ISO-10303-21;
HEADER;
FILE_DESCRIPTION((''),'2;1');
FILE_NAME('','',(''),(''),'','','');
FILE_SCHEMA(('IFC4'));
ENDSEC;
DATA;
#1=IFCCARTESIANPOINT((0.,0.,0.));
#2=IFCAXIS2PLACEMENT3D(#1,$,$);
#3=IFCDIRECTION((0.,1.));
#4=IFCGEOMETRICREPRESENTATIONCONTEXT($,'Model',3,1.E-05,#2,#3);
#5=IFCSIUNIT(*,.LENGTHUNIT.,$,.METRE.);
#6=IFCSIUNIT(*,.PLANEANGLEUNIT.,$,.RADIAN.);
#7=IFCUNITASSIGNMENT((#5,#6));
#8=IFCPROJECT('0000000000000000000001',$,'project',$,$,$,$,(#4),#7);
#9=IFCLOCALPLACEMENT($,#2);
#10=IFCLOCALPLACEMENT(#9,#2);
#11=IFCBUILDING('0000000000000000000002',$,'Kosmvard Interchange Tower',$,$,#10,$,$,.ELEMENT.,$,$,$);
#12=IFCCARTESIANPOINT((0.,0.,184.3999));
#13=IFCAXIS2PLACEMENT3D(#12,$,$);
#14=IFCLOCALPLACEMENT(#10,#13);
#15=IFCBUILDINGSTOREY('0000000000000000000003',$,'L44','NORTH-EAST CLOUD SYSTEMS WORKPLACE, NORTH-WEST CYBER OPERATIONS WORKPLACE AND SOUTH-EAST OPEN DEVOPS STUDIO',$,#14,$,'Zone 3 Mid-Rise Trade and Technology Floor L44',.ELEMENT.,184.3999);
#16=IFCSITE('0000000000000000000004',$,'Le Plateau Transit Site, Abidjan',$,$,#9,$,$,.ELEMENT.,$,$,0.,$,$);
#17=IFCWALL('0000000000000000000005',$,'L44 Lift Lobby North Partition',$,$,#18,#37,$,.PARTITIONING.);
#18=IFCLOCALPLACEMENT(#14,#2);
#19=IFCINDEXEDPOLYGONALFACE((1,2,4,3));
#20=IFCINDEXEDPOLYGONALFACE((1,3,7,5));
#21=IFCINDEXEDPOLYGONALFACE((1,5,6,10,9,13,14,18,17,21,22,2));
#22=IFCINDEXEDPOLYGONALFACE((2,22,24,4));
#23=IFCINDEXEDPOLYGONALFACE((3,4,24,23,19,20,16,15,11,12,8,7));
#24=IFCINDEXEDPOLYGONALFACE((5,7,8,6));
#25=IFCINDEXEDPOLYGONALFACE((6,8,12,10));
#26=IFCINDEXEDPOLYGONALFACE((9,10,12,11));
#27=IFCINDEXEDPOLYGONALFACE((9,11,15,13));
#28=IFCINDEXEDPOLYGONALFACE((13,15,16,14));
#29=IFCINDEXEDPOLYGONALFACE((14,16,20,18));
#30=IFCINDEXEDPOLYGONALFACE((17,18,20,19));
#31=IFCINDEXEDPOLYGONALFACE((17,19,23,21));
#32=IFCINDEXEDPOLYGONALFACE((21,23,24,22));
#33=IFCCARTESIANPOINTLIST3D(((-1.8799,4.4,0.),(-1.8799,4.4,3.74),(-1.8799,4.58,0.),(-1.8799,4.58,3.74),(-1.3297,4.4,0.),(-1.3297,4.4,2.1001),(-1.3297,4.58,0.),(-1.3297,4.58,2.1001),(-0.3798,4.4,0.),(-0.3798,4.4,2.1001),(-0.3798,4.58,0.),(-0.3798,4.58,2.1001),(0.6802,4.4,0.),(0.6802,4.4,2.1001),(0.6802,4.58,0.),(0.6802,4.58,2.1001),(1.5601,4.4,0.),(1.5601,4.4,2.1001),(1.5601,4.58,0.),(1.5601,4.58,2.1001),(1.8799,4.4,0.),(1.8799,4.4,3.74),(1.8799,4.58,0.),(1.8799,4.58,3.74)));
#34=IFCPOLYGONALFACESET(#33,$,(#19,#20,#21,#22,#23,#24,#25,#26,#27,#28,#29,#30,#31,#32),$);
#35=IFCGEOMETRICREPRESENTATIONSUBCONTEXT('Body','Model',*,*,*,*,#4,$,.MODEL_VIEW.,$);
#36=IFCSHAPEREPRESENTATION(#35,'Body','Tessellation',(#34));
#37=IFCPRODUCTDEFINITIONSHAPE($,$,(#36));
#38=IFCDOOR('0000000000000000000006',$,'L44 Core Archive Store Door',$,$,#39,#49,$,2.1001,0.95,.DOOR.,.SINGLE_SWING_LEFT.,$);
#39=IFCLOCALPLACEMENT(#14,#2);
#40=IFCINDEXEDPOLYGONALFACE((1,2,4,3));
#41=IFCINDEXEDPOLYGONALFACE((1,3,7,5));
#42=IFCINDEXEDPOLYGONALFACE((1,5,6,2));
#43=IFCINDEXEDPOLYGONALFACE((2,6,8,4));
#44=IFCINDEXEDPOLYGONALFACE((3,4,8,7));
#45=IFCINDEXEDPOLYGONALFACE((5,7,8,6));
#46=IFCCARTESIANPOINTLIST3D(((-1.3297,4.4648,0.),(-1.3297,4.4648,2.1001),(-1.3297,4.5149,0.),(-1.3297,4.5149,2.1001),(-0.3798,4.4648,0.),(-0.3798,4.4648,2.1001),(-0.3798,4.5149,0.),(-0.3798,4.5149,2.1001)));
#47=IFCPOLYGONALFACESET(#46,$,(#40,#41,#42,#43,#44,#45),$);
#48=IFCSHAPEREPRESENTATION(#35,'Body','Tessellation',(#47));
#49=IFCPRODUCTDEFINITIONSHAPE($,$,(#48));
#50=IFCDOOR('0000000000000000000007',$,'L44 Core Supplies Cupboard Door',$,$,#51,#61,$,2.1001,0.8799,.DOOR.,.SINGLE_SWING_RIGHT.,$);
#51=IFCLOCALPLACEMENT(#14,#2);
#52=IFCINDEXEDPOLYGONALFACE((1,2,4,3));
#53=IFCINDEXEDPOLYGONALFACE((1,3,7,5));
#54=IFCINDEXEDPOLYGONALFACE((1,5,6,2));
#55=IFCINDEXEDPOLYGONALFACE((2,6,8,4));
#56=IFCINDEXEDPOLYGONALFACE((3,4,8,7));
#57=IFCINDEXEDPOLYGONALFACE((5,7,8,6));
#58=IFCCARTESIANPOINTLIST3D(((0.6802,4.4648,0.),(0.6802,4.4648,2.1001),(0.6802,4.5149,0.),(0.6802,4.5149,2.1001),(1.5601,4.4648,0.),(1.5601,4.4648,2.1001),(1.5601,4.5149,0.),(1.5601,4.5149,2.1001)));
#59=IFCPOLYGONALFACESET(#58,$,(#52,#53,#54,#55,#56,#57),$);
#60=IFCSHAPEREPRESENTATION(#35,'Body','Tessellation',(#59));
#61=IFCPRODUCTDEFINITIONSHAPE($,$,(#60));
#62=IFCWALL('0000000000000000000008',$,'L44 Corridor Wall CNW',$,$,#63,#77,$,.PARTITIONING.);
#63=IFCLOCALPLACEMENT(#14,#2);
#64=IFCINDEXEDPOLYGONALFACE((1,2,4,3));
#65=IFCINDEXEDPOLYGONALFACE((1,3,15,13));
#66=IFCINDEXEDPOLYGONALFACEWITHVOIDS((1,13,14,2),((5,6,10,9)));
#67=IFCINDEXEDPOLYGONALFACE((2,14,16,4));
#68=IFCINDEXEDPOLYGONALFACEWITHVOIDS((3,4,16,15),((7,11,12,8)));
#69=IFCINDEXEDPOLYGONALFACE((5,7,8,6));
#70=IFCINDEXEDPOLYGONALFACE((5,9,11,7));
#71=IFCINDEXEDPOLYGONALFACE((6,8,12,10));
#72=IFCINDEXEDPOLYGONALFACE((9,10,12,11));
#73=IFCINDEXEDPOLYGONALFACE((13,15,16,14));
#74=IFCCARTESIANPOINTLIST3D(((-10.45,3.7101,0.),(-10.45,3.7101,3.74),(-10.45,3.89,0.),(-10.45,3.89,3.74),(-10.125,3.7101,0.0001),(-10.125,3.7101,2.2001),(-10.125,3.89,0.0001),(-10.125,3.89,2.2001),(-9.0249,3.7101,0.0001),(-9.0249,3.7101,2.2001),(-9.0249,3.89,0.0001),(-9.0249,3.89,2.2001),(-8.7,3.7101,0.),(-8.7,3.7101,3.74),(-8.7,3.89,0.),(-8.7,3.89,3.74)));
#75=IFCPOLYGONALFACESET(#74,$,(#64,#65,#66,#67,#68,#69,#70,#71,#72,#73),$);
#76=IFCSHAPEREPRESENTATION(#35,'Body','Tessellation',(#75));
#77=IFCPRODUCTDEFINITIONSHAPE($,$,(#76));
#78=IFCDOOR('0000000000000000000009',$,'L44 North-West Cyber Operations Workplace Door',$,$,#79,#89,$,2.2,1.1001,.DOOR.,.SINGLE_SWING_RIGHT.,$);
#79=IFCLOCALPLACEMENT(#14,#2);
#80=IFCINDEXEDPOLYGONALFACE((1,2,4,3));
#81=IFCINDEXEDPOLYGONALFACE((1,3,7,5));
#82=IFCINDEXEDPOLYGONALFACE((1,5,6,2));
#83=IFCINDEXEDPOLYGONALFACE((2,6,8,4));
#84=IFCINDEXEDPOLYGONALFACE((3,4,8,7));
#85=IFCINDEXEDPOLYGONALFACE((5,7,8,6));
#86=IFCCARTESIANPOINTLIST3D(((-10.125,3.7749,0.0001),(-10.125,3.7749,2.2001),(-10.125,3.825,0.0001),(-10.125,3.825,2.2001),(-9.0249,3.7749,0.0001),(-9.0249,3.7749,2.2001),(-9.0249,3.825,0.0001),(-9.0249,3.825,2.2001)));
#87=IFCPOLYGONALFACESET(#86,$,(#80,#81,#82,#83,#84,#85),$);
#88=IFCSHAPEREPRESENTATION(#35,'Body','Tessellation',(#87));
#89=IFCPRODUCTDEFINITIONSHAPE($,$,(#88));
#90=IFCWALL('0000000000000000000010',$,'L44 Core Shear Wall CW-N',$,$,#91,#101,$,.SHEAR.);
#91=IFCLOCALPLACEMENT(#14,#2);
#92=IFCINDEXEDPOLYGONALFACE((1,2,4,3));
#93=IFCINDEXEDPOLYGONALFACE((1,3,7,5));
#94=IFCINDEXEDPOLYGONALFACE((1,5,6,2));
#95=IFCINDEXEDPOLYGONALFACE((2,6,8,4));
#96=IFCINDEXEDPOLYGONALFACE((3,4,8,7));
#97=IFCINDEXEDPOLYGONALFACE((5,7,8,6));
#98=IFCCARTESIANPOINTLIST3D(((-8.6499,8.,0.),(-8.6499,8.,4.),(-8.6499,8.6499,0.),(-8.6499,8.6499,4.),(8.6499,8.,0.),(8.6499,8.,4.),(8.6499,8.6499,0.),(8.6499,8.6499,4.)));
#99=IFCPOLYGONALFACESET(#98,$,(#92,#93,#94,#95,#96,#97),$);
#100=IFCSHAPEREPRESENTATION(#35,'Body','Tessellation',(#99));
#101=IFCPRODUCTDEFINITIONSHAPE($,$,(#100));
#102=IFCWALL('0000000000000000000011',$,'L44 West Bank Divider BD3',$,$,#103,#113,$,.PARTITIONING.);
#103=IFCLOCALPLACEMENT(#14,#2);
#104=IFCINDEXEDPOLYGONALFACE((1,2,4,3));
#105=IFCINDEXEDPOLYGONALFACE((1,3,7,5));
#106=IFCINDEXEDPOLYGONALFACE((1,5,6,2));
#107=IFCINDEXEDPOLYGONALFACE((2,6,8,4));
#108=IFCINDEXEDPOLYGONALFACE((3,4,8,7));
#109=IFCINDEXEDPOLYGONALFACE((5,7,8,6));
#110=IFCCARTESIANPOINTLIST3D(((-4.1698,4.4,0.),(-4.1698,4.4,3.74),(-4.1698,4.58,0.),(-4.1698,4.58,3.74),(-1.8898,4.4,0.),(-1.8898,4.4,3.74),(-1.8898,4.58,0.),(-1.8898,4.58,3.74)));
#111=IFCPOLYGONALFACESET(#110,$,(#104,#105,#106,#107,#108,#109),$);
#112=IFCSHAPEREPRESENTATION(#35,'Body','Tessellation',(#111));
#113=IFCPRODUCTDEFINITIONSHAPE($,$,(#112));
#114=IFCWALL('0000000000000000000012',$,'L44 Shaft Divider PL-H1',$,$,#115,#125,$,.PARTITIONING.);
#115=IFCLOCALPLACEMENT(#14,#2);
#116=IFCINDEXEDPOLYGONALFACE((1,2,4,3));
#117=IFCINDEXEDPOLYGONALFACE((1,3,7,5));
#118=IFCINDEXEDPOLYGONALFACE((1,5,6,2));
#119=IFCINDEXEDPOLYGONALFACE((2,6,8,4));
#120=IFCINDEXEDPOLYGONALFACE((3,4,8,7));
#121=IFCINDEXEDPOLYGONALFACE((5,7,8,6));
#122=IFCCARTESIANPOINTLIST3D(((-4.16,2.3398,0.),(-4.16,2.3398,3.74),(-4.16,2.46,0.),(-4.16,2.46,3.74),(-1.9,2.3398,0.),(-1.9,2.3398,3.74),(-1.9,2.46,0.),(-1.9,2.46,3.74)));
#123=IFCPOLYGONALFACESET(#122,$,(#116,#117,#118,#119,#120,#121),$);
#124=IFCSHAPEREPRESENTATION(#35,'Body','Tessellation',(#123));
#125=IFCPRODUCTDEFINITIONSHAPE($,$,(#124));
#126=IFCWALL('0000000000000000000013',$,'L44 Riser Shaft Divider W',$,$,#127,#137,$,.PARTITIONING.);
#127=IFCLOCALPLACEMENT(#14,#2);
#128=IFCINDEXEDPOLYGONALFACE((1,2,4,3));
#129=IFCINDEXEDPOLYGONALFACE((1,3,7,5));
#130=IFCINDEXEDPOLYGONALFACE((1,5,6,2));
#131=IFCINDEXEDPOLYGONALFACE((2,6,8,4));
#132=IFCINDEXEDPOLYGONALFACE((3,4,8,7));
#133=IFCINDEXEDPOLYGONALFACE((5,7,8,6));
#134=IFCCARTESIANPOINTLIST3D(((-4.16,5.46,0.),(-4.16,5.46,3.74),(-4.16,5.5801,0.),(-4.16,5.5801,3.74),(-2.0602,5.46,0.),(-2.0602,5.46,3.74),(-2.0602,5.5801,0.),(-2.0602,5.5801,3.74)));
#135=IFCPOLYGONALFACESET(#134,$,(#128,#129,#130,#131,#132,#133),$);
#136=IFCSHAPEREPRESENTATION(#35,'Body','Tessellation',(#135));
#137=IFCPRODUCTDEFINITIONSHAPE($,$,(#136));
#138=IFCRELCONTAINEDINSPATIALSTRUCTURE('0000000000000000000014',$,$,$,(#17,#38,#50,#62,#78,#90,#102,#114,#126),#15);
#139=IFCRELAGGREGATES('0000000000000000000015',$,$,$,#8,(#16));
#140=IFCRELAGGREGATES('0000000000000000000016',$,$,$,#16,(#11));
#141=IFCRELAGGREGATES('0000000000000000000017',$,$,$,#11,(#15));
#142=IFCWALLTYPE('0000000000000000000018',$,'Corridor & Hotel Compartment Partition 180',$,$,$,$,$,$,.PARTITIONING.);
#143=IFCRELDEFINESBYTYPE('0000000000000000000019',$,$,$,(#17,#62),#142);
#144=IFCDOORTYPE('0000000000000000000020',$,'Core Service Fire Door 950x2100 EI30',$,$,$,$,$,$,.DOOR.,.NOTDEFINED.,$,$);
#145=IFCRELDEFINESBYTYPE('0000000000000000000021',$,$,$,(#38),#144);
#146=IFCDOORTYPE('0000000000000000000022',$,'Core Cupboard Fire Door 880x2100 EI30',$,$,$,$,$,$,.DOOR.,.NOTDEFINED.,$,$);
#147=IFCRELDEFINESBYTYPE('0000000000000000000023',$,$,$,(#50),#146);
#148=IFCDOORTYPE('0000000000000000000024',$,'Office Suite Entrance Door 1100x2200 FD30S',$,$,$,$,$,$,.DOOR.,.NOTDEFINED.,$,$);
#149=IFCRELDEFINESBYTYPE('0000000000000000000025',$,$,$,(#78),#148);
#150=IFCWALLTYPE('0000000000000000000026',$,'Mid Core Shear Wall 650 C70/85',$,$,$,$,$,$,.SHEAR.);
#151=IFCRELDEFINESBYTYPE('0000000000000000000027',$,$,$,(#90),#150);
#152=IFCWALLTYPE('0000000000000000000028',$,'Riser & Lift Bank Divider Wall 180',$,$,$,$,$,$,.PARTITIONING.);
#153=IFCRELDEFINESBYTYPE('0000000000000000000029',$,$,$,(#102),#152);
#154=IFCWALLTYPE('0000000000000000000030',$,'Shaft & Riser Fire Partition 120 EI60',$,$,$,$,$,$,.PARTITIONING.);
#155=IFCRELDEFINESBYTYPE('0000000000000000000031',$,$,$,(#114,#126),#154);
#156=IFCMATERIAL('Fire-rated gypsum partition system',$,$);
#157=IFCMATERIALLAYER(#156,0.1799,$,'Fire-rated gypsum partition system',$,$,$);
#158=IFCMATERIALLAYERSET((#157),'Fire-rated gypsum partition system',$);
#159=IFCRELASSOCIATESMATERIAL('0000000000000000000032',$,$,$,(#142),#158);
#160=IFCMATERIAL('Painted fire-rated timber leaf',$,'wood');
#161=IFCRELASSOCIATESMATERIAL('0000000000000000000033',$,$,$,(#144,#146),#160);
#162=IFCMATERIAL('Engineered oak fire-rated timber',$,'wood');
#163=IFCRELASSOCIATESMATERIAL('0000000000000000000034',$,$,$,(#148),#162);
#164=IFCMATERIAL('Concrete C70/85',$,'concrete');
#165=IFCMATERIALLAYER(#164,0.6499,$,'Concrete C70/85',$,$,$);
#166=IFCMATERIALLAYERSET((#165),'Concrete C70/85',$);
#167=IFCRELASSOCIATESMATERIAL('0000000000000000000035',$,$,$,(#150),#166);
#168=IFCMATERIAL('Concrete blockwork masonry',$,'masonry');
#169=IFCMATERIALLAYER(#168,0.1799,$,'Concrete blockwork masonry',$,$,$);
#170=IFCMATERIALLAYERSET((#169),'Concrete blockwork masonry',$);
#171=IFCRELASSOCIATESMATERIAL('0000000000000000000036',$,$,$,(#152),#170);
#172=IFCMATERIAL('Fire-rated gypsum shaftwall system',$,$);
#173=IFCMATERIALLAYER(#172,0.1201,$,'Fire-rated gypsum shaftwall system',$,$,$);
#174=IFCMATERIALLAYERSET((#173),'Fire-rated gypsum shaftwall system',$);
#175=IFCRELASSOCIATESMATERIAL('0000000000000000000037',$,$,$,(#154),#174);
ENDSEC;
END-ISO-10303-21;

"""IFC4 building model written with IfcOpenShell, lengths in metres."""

from ifc_helpers import new_model, si_unit, direction, frame, frame_2d, origin, place, context, subcontext, project, spatial, rectangle, extrude, source, transform, mapped, material, layer, layer_set, type_object, element, fill, save


model = new_model("IFC4")

# Units and contexts
model_context = context("Model", 3, precision=1e-05, world=origin(), true_north=direction((0.0, 1.0)))
body_context = subcontext(model_context, "Body", "Model", "MODEL_VIEW")
ifc_project = project(units=[si_unit("LENGTHUNIT", "METRE"), si_unit("PLANEANGLEUNIT", "RADIAN")], contexts=[model_context])

# Site, building, storey
site_placement = place(None, origin())
site = spatial("IfcSite", under=ifc_project, at=site_placement, Name="Le Plateau Transit Site, Abidjan", CompositionType="ELEMENT", RefElevation=0.0)
building_placement = place(site_placement, origin())
building = spatial("IfcBuilding", under=site, at=building_placement, Name="Kosmvard Interchange Tower", CompositionType="ELEMENT")
storey_placement = place(building_placement, frame((0.0, 0.0, 184.3999)))
storey = spatial("IfcBuildingStorey", under=building, at=storey_placement, Name="L44", Description="NORTH-EAST CLOUD SYSTEMS WORKPLACE, NORTH-WEST CYBER OPERATIONS WORKPLACE AND SOUTH-EAST OPEN DEVOPS STUDIO", LongName="Zone 3 Mid-Rise Trade and Technology Floor L44", CompositionType="ELEMENT", Elevation=184.3999)

# Shared definitions
ifc_material_1 = material(Name="Fire-rated gypsum partition system")

# Wall, openings, doors
ifc_layer_1 = layer(ifc_material_1, 0.1799, Name="Fire-rated gypsum partition system")
ifc_layer_set_1 = layer_set([ifc_layer_1], Name="Fire-rated gypsum partition system")
wall_type_1 = type_object("IfcWallType", Name="Corridor & Hotel Compartment Partition 180", PredefinedType="PARTITIONING", material=ifc_layer_set_1)
wall_1_placement = place(storey_placement, frame((-1.8799, 4.49, 0.0), z_axis=(0.0, 0.0, 1.0), x_axis=(1.0, 0.0, 0.0)))
wall_1 = element("IfcWall", 1, at=wall_1_placement, inside=storey, type_object=wall_type_1, Name="L44 Lift Lobby North Partition", PredefinedType="PARTITIONING", context=body_context, shape_type="SweptSolid", body=[
    extrude(rectangle(XDim=3.7598, YDim=0.1799, at=frame_2d((1.8799, 0.0))), origin(), (0.0, 0.0, 1.0), 3.74),
])
opening_1_placement = place(wall_1_placement, frame((0.55, 0.0, 0.0)))
opening_1 = element("IfcOpeningElement", 2, at=opening_1_placement, cuts=wall_1, PredefinedType="OPENING", context=body_context, shape_type="SweptSolid", body=[
    extrude(rectangle(XDim=0.95, YDim=2.1001, at=frame_2d((0.4751, 1.05))), frame((0.0, 0.1001, 0.0), z_axis=(0.0, -1.0, 0.0), x_axis=(1.0, 0.0, 0.0)), (0.0, 0.0, 1.0), 0.2),
])
opening_2_placement = place(wall_1_placement, frame((2.5601, 0.0, 0.0)))
opening_2 = element("IfcOpeningElement", 3, at=opening_2_placement, cuts=wall_1, PredefinedType="OPENING", context=body_context, shape_type="SweptSolid", body=[
    extrude(rectangle(XDim=0.8799, YDim=2.1001, at=frame_2d((0.4399, 1.05))), frame((0.0, 0.1001, 0.0), z_axis=(0.0, -1.0, 0.0), x_axis=(1.0, 0.0, 0.0)), (0.0, 0.0, 1.0), 0.2),
])
ifc_material_2 = material(Name="Painted fire-rated timber leaf", Category="wood")
door_type_1 = type_object("IfcDoorType", Name="Core Service Fire Door 950x2100 EI30", OperationType="NOTDEFINED", PredefinedType="DOOR", material=ifc_material_2)
shared_shape_1 = source(origin(), body_context, "Body", "SweptSolid", [
    extrude(rectangle(XDim=0.95, YDim=2.1001, at=frame_2d((0.4751, 1.05))), frame((0.0, 0.0249, 0.0), z_axis=(0.0, -1.0, 0.0), x_axis=(1.0, 0.0, 0.0)), (0.0, 0.0, 1.0), 0.05),
])
door_1_placement = place(opening_1_placement, origin())
door_1 = element("IfcDoor", 4, at=door_1_placement, inside=storey, type_object=door_type_1, Name="L44 Core Archive Store Door", OperationType="SINGLE_SWING_LEFT", OverallHeight=2.1001, OverallWidth=0.95, PredefinedType="DOOR", context=body_context, shape_type="MappedRepresentation", body=[
    mapped(shared_shape_1, transform((0.0, 0.0, 0.0), scale=1.0)),
])
fill(opening_1, door_1)
door_type_2 = type_object("IfcDoorType", Name="Core Cupboard Fire Door 880x2100 EI30", OperationType="NOTDEFINED", PredefinedType="DOOR", material=ifc_material_2)
shared_shape_2 = source(origin(), body_context, "Body", "SweptSolid", [
    extrude(rectangle(XDim=0.8799, YDim=2.1001, at=frame_2d((0.4399, 1.05))), frame((0.0, 0.0249, 0.0), z_axis=(0.0, -1.0, 0.0), x_axis=(1.0, 0.0, 0.0)), (0.0, 0.0, 1.0), 0.05),
])
door_2_placement = place(opening_2_placement, origin())
door_2 = element("IfcDoor", 5, at=door_2_placement, inside=storey, type_object=door_type_2, Name="L44 Core Supplies Cupboard Door", OperationType="SINGLE_SWING_RIGHT", OverallHeight=2.1001, OverallWidth=0.8799, PredefinedType="DOOR", context=body_context, shape_type="MappedRepresentation", body=[
    mapped(shared_shape_2, transform((0.0, 0.0, 0.0), scale=1.0)),
])
fill(opening_2, door_2)

# Wall, opening, door
wall_2_placement = place(storey_placement, frame((-10.45, 3.8, 0.0), z_axis=(0.0, 0.0, 1.0), x_axis=(1.0, 0.0, 0.0)))
wall_2 = element("IfcWall", 6, at=wall_2_placement, inside=storey, type_object=wall_type_1, Name="L44 Corridor Wall CNW", PredefinedType="PARTITIONING", context=body_context, shape_type="SweptSolid", body=[
    extrude(rectangle(XDim=1.75, YDim=0.1799, at=frame_2d((0.875, 0.0))), origin(), (0.0, 0.0, 1.0), 3.74),
])
opening_3_placement = place(wall_2_placement, frame((0.325, 0.0, 0.0)))
opening_3 = element("IfcOpeningElement", 7, at=opening_3_placement, cuts=wall_2, PredefinedType="OPENING", context=body_context, shape_type="SweptSolid", body=[
    extrude(rectangle(XDim=1.1001, YDim=2.2, at=frame_2d((0.55, 1.1001))), frame((0.0, 0.1001, 0.0), z_axis=(0.0, -1.0, 0.0), x_axis=(1.0, 0.0, 0.0)), (0.0, 0.0, 1.0), 0.2),
])
ifc_material_3 = material(Name="Engineered oak fire-rated timber", Category="wood")
door_type_3 = type_object("IfcDoorType", Name="Office Suite Entrance Door 1100x2200 FD30S", OperationType="NOTDEFINED", PredefinedType="DOOR", material=ifc_material_3)
shared_shape_3 = source(origin(), body_context, "Body", "SweptSolid", [
    extrude(rectangle(XDim=1.1001, YDim=2.2, at=frame_2d((0.55, 1.1001))), frame((0.0, 0.0249, 0.0), z_axis=(0.0, -1.0, 0.0), x_axis=(1.0, 0.0, 0.0)), (0.0, 0.0, 1.0), 0.05),
])
door_3_placement = place(opening_3_placement, origin())
door_3 = element("IfcDoor", 8, at=door_3_placement, inside=storey, type_object=door_type_3, Name="L44 North-West Cyber Operations Workplace Door", OperationType="SINGLE_SWING_RIGHT", OverallHeight=2.2, OverallWidth=1.1001, PredefinedType="DOOR", context=body_context, shape_type="MappedRepresentation", body=[
    mapped(shared_shape_3, transform((0.0, 0.0, 0.0), scale=1.0)),
])
fill(opening_3, door_3)

# Walls
ifc_material_4 = material(Name="Concrete C70/85", Category="concrete")
ifc_layer_2 = layer(ifc_material_4, 0.6499, Name="Concrete C70/85")
ifc_layer_set_2 = layer_set([ifc_layer_2], Name="Concrete C70/85")
wall_type_2 = type_object("IfcWallType", Name="Mid Core Shear Wall 650 C70/85", PredefinedType="SHEAR", material=ifc_layer_set_2)
wall_3_placement = place(storey_placement, frame((-8.6499, 8.325, 0.0), z_axis=(0.0, 0.0, 1.0), x_axis=(1.0, 0.0, 0.0)))
element("IfcWall", 9, at=wall_3_placement, inside=storey, type_object=wall_type_2, Name="L44 Core Shear Wall CW-N", PredefinedType="SHEAR", context=body_context, shape_type="SweptSolid", body=[
    extrude(rectangle(XDim=17.2998, YDim=0.6499, at=frame_2d((8.6499, 0.0))), origin(), (0.0, 0.0, 1.0), 4.0),
])
ifc_material_5 = material(Name="Concrete blockwork masonry", Category="masonry")
ifc_layer_3 = layer(ifc_material_5, 0.1799, Name="Concrete blockwork masonry")
ifc_layer_set_3 = layer_set([ifc_layer_3], Name="Concrete blockwork masonry")
wall_type_3 = type_object("IfcWallType", Name="Riser & Lift Bank Divider Wall 180", PredefinedType="PARTITIONING", material=ifc_layer_set_3)
wall_4_placement = place(storey_placement, frame((-4.1699, 4.49, 0.0), z_axis=(0.0, 0.0, 1.0), x_axis=(1.0, 0.0, 0.0)))
element("IfcWall", 10, at=wall_4_placement, inside=storey, type_object=wall_type_3, Name="L44 West Bank Divider BD3", PredefinedType="PARTITIONING", context=body_context, shape_type="SweptSolid", body=[
    extrude(rectangle(XDim=2.28, YDim=0.1799, at=frame_2d((1.1401, 0.0))), origin(), (0.0, 0.0, 1.0), 3.74),
])
ifc_material_6 = material(Name="Fire-rated gypsum shaftwall system")
ifc_layer_4 = layer(ifc_material_6, 0.1201, Name="Fire-rated gypsum shaftwall system")
ifc_layer_set_4 = layer_set([ifc_layer_4], Name="Fire-rated gypsum shaftwall system")
wall_type_4 = type_object("IfcWallType", Name="Shaft & Riser Fire Partition 120 EI60", PredefinedType="PARTITIONING", material=ifc_layer_set_4)
wall_5_placement = place(storey_placement, frame((-4.1599, 2.3999, 0.0), z_axis=(0.0, 0.0, 1.0), x_axis=(1.0, 0.0, 0.0)))
element("IfcWall", 11, at=wall_5_placement, inside=storey, type_object=wall_type_4, Name="L44 Shaft Divider PL-H1", PredefinedType="PARTITIONING", context=body_context, shape_type="SweptSolid", body=[
    extrude(rectangle(XDim=2.26, YDim=0.1201, at=frame_2d((1.1299, 0.0))), origin(), (0.0, 0.0, 1.0), 3.74),
])
wall_6_placement = place(storey_placement, frame((-4.1599, 5.52, 0.0), z_axis=(0.0, 0.0, 1.0), x_axis=(1.0, 0.0, 0.0)))
element("IfcWall", 12, at=wall_6_placement, inside=storey, type_object=wall_type_4, Name="L44 Riser Shaft Divider W", PredefinedType="PARTITIONING", context=body_context, shape_type="SweptSolid", body=[
    extrude(rectangle(XDim=2.0999, YDim=0.1201, at=frame_2d((1.0498, 0.0))), origin(), (0.0, 0.0, 1.0), 3.74),
])

save(model, "model.ifc")
